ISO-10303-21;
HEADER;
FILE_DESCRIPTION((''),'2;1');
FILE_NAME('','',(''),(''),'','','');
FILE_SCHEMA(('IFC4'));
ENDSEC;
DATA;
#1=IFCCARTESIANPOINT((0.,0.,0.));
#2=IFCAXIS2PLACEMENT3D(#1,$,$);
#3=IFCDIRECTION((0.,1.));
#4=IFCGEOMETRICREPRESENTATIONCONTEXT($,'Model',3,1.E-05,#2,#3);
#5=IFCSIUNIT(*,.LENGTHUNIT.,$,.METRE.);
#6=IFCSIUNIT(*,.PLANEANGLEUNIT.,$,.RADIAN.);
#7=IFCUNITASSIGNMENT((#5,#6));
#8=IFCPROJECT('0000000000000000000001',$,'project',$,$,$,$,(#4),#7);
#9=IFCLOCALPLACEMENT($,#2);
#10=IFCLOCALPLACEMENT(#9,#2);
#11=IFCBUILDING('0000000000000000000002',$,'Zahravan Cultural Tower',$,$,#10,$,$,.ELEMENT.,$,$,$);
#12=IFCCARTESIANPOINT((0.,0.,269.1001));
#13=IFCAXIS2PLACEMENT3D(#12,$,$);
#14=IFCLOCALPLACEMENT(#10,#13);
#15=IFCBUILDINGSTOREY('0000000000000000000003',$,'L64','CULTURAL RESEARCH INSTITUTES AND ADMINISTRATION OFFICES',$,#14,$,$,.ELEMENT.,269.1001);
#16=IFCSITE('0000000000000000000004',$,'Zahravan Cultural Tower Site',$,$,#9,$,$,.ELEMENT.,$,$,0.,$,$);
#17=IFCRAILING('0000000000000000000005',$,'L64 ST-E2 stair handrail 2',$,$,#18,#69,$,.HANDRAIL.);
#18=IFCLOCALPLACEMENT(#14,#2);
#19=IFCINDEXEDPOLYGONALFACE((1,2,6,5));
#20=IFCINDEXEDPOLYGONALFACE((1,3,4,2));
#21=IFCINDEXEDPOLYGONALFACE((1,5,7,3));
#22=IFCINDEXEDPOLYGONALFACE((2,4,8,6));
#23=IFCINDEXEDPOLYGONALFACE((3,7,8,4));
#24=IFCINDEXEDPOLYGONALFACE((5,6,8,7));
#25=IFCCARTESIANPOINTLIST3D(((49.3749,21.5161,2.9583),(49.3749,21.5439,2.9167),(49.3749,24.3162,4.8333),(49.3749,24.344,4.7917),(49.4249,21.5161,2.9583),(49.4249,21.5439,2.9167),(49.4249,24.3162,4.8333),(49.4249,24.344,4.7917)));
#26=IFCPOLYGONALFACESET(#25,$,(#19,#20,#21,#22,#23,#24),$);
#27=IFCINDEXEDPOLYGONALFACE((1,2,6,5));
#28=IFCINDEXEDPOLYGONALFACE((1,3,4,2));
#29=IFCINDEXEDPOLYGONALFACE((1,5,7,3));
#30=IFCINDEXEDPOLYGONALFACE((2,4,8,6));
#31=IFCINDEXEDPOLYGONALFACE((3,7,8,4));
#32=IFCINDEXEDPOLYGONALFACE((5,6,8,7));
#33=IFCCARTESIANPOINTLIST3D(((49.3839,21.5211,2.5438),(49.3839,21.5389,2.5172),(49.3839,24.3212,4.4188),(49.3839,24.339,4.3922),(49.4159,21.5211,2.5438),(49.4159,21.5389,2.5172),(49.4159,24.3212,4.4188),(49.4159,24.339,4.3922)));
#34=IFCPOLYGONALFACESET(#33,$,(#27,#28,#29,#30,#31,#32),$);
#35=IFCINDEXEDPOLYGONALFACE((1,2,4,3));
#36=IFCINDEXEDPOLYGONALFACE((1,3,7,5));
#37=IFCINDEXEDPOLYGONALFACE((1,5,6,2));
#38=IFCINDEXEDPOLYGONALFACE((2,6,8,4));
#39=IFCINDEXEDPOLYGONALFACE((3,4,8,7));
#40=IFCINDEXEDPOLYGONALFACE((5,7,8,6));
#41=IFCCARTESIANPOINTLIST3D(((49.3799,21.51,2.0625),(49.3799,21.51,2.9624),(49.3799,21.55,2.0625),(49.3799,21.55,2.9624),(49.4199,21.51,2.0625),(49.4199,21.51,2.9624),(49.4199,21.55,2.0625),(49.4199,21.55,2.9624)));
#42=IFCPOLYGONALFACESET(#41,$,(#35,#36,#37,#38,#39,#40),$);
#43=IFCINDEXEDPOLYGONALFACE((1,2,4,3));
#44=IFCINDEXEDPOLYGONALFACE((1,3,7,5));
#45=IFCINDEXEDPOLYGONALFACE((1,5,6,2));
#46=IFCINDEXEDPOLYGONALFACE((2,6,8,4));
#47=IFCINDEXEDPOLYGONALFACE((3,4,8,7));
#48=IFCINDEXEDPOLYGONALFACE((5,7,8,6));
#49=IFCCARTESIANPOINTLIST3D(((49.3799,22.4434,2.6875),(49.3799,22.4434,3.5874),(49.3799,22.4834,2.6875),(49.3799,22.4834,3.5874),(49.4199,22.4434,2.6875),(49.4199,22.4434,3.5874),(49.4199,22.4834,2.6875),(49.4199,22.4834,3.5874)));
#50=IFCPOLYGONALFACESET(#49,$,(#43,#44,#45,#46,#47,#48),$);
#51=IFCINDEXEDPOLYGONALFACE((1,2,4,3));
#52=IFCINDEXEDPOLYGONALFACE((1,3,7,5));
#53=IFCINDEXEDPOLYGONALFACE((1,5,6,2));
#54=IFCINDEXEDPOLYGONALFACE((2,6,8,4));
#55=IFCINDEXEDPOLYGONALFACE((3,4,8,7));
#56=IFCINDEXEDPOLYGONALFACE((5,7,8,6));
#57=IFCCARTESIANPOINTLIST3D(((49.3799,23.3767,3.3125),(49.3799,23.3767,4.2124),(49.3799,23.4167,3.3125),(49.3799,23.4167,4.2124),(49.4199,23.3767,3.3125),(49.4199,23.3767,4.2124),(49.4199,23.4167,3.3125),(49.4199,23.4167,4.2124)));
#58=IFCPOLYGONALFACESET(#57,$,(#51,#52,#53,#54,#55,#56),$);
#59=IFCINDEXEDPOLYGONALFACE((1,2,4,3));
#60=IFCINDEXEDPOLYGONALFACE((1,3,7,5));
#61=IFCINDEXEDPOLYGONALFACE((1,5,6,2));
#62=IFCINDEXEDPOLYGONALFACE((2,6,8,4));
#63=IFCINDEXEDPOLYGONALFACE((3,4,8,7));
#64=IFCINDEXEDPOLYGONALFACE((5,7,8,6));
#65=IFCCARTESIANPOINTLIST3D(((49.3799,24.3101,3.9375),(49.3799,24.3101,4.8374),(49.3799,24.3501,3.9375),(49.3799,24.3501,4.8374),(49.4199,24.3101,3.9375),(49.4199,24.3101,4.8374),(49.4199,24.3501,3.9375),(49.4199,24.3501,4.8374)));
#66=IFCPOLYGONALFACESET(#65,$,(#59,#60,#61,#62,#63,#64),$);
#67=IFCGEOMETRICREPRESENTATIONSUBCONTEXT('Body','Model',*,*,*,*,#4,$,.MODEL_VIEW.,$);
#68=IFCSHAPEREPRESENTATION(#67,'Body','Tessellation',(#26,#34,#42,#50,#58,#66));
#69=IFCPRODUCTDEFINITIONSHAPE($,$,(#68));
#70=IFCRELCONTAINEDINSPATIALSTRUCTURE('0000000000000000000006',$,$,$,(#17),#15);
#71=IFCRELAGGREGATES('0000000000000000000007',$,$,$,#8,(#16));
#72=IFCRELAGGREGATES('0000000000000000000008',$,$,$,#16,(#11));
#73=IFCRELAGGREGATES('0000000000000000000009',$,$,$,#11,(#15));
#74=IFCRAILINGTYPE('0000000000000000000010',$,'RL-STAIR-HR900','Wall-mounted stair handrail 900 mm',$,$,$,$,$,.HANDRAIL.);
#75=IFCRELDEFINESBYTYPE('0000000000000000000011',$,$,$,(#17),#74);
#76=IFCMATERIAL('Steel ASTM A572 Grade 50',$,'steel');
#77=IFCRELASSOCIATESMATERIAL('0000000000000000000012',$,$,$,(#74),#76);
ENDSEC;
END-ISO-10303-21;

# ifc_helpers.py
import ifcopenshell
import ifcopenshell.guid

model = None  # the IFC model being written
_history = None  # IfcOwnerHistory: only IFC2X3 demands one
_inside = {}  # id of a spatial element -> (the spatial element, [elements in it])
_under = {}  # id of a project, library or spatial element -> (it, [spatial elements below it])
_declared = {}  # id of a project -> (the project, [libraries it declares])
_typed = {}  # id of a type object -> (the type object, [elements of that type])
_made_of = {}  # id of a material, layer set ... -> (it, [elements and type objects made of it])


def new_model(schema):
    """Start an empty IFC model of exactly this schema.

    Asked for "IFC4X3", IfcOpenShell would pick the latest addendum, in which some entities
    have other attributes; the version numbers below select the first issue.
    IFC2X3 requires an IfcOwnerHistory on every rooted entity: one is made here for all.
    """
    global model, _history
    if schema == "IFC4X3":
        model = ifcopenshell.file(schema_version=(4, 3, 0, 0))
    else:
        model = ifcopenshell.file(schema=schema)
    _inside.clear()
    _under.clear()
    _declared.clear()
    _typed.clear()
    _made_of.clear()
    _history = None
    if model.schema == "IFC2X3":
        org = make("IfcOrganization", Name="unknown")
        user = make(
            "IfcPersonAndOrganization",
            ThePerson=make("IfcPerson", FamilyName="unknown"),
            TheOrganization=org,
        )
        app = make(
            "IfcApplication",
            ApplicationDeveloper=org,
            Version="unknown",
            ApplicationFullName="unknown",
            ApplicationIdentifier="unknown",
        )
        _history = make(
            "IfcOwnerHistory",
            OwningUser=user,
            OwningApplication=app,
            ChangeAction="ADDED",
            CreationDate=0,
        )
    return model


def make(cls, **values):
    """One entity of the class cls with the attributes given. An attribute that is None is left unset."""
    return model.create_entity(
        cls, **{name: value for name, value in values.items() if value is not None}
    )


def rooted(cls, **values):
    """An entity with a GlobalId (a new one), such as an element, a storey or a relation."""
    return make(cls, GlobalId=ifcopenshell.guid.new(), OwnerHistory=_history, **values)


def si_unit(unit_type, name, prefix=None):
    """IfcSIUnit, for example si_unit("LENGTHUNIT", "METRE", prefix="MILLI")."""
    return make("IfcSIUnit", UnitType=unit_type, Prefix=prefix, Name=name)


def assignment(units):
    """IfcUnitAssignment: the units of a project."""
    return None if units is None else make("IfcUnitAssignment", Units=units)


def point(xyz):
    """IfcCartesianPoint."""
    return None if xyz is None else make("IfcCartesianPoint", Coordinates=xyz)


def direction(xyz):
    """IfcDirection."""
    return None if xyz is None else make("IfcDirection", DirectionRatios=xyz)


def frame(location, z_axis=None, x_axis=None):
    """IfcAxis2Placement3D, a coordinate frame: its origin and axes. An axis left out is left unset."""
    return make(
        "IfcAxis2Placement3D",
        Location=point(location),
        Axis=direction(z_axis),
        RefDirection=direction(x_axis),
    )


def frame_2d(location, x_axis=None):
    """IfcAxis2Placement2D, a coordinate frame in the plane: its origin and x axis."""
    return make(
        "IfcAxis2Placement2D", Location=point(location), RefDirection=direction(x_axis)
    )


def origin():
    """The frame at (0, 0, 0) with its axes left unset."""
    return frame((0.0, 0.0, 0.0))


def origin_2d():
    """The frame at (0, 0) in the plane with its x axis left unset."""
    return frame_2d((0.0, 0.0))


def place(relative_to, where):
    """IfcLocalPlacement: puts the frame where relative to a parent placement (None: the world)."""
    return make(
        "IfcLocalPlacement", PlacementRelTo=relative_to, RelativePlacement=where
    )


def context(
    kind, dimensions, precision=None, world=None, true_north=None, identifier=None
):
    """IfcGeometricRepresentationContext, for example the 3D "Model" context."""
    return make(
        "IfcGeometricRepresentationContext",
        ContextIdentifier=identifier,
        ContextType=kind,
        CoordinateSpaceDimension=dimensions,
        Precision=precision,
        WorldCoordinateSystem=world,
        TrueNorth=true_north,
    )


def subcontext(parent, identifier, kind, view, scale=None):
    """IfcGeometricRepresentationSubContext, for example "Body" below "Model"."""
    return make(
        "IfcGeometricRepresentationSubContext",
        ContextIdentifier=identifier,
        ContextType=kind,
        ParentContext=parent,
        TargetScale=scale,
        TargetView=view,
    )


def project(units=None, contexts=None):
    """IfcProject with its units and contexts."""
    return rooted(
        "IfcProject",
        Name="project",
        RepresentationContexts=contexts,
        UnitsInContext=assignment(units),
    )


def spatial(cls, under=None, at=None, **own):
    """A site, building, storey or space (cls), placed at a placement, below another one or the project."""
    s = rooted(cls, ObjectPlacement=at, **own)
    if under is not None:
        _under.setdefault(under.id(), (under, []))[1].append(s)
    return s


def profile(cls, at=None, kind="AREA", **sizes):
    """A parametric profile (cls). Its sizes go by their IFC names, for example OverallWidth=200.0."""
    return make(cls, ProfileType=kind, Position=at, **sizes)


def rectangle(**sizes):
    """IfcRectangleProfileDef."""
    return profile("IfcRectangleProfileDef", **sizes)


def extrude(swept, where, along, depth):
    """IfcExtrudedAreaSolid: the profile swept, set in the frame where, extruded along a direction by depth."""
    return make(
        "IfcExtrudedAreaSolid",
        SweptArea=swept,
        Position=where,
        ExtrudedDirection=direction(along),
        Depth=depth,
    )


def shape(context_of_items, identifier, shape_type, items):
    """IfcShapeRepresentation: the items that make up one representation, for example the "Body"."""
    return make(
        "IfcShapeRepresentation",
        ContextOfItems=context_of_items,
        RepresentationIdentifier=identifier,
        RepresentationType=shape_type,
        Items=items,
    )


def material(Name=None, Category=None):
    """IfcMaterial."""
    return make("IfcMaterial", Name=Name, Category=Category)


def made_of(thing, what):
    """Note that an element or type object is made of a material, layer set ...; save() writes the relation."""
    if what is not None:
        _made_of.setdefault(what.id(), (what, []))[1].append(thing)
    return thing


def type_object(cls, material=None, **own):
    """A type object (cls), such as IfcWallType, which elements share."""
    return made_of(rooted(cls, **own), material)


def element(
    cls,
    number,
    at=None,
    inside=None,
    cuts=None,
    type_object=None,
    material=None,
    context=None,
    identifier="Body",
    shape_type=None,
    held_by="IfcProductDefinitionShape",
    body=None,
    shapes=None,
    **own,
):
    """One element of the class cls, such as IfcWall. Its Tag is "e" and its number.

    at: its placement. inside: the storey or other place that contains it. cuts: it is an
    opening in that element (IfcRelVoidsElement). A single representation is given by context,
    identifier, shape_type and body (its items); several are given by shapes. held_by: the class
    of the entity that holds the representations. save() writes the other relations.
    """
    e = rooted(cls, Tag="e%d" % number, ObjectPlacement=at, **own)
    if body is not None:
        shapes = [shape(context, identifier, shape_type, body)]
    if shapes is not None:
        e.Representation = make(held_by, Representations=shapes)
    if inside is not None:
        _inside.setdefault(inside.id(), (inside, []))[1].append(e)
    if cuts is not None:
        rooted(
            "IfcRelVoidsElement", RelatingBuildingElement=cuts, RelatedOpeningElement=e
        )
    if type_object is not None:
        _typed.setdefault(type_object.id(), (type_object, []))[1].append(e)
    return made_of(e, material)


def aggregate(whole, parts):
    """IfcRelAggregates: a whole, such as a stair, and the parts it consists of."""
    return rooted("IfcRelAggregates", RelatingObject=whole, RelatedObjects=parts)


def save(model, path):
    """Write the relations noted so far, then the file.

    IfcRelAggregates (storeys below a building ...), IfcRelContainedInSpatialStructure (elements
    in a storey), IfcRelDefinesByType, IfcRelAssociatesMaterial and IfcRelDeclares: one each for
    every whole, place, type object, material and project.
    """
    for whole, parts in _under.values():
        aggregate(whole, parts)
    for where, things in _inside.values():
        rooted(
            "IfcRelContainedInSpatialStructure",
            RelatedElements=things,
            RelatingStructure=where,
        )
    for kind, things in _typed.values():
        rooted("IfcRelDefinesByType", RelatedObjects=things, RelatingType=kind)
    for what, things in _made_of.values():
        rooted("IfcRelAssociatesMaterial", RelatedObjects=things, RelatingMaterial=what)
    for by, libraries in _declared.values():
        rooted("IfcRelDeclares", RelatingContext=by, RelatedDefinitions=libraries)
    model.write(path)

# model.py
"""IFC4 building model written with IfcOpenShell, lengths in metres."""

from ifc_helpers import new_model, si_unit, direction, frame, origin, origin_2d, place, context, subcontext, project, spatial, rectangle, extrude, material, type_object, element, save


model = new_model("IFC4")

# Units and contexts
model_context = context("Model", 3, precision=1e-05, world=origin(), true_north=direction((0.0, 1.0)))
body_context = subcontext(model_context, "Body", "Model", "MODEL_VIEW")
ifc_project = project(units=[si_unit("LENGTHUNIT", "METRE"), si_unit("PLANEANGLEUNIT", "RADIAN")], contexts=[model_context])

# Site, building, storey
site_placement = place(None, origin())
site = spatial("IfcSite", under=ifc_project, at=site_placement, Name="Zahravan Cultural Tower Site", CompositionType="ELEMENT", RefElevation=0.0)
building_placement = place(site_placement, origin())
building = spatial("IfcBuilding", under=site, at=building_placement, Name="Zahravan Cultural Tower", CompositionType="ELEMENT")
storey_placement = place(building_placement, frame((0.0, 0.0, 269.1001)))
storey = spatial("IfcBuildingStorey", under=building, at=storey_placement, Name="L64", Description="CULTURAL RESEARCH INSTITUTES AND ADMINISTRATION OFFICES", CompositionType="ELEMENT", Elevation=269.1001)

# Shared definitions
ifc_material_1 = material(Name="Steel ASTM A572 Grade 50", Category="steel")

# Railing
railing_type_1 = type_object("IfcRailingType", Name="RL-STAIR-HR900", Description="Wall-mounted stair handrail 900 mm", PredefinedType="HANDRAIL", material=ifc_material_1)
railing_1_placement = place(storey_placement, frame((49.3999, 21.53, 2.0625)))
element("IfcRailing", 1, at=railing_1_placement, inside=storey, type_object=railing_type_1, Name="L64 ST-E2 stair handrail 2", PredefinedType="HANDRAIL", context=body_context, shape_type="SweptSolid", body=[
    extrude(rectangle(XDim=0.05, YDim=0.05, at=origin_2d()), frame((0.0, 0.0, 0.875), z_axis=(0.0, 0.830912, 0.556404), x_axis=(-1.0, 0.0, 0.0)), (0.0, 0.0, 1.0), 3.3699),
    extrude(rectangle(XDim=0.032, YDim=0.032, at=origin_2d()), frame((0.0, 0.0, 0.468), z_axis=(0.0, 0.830912, 0.556404), x_axis=(-1.0, 0.0, 0.0)), (0.0, 0.0, 1.0), 3.3699),
    extrude(rectangle(XDim=0.04, YDim=0.04, at=origin_2d()), origin(), (0.0, 0.0, 1.0), 0.8999),
    extrude(rectangle(XDim=0.04, YDim=0.04, at=origin_2d()), frame((0.0, 0.9333, 0.625)), (0.0, 0.0, 1.0), 0.8999),
    extrude(rectangle(XDim=0.04, YDim=0.04, at=origin_2d()), frame((0.0, 1.8667, 1.25)), (0.0, 0.0, 1.0), 0.8999),
    extrude(rectangle(XDim=0.04, YDim=0.04, at=origin_2d()), frame((0.0, 2.8, 1.875)), (0.0, 0.0, 1.0), 0.8999),
])

save(model, "model.ifc")
